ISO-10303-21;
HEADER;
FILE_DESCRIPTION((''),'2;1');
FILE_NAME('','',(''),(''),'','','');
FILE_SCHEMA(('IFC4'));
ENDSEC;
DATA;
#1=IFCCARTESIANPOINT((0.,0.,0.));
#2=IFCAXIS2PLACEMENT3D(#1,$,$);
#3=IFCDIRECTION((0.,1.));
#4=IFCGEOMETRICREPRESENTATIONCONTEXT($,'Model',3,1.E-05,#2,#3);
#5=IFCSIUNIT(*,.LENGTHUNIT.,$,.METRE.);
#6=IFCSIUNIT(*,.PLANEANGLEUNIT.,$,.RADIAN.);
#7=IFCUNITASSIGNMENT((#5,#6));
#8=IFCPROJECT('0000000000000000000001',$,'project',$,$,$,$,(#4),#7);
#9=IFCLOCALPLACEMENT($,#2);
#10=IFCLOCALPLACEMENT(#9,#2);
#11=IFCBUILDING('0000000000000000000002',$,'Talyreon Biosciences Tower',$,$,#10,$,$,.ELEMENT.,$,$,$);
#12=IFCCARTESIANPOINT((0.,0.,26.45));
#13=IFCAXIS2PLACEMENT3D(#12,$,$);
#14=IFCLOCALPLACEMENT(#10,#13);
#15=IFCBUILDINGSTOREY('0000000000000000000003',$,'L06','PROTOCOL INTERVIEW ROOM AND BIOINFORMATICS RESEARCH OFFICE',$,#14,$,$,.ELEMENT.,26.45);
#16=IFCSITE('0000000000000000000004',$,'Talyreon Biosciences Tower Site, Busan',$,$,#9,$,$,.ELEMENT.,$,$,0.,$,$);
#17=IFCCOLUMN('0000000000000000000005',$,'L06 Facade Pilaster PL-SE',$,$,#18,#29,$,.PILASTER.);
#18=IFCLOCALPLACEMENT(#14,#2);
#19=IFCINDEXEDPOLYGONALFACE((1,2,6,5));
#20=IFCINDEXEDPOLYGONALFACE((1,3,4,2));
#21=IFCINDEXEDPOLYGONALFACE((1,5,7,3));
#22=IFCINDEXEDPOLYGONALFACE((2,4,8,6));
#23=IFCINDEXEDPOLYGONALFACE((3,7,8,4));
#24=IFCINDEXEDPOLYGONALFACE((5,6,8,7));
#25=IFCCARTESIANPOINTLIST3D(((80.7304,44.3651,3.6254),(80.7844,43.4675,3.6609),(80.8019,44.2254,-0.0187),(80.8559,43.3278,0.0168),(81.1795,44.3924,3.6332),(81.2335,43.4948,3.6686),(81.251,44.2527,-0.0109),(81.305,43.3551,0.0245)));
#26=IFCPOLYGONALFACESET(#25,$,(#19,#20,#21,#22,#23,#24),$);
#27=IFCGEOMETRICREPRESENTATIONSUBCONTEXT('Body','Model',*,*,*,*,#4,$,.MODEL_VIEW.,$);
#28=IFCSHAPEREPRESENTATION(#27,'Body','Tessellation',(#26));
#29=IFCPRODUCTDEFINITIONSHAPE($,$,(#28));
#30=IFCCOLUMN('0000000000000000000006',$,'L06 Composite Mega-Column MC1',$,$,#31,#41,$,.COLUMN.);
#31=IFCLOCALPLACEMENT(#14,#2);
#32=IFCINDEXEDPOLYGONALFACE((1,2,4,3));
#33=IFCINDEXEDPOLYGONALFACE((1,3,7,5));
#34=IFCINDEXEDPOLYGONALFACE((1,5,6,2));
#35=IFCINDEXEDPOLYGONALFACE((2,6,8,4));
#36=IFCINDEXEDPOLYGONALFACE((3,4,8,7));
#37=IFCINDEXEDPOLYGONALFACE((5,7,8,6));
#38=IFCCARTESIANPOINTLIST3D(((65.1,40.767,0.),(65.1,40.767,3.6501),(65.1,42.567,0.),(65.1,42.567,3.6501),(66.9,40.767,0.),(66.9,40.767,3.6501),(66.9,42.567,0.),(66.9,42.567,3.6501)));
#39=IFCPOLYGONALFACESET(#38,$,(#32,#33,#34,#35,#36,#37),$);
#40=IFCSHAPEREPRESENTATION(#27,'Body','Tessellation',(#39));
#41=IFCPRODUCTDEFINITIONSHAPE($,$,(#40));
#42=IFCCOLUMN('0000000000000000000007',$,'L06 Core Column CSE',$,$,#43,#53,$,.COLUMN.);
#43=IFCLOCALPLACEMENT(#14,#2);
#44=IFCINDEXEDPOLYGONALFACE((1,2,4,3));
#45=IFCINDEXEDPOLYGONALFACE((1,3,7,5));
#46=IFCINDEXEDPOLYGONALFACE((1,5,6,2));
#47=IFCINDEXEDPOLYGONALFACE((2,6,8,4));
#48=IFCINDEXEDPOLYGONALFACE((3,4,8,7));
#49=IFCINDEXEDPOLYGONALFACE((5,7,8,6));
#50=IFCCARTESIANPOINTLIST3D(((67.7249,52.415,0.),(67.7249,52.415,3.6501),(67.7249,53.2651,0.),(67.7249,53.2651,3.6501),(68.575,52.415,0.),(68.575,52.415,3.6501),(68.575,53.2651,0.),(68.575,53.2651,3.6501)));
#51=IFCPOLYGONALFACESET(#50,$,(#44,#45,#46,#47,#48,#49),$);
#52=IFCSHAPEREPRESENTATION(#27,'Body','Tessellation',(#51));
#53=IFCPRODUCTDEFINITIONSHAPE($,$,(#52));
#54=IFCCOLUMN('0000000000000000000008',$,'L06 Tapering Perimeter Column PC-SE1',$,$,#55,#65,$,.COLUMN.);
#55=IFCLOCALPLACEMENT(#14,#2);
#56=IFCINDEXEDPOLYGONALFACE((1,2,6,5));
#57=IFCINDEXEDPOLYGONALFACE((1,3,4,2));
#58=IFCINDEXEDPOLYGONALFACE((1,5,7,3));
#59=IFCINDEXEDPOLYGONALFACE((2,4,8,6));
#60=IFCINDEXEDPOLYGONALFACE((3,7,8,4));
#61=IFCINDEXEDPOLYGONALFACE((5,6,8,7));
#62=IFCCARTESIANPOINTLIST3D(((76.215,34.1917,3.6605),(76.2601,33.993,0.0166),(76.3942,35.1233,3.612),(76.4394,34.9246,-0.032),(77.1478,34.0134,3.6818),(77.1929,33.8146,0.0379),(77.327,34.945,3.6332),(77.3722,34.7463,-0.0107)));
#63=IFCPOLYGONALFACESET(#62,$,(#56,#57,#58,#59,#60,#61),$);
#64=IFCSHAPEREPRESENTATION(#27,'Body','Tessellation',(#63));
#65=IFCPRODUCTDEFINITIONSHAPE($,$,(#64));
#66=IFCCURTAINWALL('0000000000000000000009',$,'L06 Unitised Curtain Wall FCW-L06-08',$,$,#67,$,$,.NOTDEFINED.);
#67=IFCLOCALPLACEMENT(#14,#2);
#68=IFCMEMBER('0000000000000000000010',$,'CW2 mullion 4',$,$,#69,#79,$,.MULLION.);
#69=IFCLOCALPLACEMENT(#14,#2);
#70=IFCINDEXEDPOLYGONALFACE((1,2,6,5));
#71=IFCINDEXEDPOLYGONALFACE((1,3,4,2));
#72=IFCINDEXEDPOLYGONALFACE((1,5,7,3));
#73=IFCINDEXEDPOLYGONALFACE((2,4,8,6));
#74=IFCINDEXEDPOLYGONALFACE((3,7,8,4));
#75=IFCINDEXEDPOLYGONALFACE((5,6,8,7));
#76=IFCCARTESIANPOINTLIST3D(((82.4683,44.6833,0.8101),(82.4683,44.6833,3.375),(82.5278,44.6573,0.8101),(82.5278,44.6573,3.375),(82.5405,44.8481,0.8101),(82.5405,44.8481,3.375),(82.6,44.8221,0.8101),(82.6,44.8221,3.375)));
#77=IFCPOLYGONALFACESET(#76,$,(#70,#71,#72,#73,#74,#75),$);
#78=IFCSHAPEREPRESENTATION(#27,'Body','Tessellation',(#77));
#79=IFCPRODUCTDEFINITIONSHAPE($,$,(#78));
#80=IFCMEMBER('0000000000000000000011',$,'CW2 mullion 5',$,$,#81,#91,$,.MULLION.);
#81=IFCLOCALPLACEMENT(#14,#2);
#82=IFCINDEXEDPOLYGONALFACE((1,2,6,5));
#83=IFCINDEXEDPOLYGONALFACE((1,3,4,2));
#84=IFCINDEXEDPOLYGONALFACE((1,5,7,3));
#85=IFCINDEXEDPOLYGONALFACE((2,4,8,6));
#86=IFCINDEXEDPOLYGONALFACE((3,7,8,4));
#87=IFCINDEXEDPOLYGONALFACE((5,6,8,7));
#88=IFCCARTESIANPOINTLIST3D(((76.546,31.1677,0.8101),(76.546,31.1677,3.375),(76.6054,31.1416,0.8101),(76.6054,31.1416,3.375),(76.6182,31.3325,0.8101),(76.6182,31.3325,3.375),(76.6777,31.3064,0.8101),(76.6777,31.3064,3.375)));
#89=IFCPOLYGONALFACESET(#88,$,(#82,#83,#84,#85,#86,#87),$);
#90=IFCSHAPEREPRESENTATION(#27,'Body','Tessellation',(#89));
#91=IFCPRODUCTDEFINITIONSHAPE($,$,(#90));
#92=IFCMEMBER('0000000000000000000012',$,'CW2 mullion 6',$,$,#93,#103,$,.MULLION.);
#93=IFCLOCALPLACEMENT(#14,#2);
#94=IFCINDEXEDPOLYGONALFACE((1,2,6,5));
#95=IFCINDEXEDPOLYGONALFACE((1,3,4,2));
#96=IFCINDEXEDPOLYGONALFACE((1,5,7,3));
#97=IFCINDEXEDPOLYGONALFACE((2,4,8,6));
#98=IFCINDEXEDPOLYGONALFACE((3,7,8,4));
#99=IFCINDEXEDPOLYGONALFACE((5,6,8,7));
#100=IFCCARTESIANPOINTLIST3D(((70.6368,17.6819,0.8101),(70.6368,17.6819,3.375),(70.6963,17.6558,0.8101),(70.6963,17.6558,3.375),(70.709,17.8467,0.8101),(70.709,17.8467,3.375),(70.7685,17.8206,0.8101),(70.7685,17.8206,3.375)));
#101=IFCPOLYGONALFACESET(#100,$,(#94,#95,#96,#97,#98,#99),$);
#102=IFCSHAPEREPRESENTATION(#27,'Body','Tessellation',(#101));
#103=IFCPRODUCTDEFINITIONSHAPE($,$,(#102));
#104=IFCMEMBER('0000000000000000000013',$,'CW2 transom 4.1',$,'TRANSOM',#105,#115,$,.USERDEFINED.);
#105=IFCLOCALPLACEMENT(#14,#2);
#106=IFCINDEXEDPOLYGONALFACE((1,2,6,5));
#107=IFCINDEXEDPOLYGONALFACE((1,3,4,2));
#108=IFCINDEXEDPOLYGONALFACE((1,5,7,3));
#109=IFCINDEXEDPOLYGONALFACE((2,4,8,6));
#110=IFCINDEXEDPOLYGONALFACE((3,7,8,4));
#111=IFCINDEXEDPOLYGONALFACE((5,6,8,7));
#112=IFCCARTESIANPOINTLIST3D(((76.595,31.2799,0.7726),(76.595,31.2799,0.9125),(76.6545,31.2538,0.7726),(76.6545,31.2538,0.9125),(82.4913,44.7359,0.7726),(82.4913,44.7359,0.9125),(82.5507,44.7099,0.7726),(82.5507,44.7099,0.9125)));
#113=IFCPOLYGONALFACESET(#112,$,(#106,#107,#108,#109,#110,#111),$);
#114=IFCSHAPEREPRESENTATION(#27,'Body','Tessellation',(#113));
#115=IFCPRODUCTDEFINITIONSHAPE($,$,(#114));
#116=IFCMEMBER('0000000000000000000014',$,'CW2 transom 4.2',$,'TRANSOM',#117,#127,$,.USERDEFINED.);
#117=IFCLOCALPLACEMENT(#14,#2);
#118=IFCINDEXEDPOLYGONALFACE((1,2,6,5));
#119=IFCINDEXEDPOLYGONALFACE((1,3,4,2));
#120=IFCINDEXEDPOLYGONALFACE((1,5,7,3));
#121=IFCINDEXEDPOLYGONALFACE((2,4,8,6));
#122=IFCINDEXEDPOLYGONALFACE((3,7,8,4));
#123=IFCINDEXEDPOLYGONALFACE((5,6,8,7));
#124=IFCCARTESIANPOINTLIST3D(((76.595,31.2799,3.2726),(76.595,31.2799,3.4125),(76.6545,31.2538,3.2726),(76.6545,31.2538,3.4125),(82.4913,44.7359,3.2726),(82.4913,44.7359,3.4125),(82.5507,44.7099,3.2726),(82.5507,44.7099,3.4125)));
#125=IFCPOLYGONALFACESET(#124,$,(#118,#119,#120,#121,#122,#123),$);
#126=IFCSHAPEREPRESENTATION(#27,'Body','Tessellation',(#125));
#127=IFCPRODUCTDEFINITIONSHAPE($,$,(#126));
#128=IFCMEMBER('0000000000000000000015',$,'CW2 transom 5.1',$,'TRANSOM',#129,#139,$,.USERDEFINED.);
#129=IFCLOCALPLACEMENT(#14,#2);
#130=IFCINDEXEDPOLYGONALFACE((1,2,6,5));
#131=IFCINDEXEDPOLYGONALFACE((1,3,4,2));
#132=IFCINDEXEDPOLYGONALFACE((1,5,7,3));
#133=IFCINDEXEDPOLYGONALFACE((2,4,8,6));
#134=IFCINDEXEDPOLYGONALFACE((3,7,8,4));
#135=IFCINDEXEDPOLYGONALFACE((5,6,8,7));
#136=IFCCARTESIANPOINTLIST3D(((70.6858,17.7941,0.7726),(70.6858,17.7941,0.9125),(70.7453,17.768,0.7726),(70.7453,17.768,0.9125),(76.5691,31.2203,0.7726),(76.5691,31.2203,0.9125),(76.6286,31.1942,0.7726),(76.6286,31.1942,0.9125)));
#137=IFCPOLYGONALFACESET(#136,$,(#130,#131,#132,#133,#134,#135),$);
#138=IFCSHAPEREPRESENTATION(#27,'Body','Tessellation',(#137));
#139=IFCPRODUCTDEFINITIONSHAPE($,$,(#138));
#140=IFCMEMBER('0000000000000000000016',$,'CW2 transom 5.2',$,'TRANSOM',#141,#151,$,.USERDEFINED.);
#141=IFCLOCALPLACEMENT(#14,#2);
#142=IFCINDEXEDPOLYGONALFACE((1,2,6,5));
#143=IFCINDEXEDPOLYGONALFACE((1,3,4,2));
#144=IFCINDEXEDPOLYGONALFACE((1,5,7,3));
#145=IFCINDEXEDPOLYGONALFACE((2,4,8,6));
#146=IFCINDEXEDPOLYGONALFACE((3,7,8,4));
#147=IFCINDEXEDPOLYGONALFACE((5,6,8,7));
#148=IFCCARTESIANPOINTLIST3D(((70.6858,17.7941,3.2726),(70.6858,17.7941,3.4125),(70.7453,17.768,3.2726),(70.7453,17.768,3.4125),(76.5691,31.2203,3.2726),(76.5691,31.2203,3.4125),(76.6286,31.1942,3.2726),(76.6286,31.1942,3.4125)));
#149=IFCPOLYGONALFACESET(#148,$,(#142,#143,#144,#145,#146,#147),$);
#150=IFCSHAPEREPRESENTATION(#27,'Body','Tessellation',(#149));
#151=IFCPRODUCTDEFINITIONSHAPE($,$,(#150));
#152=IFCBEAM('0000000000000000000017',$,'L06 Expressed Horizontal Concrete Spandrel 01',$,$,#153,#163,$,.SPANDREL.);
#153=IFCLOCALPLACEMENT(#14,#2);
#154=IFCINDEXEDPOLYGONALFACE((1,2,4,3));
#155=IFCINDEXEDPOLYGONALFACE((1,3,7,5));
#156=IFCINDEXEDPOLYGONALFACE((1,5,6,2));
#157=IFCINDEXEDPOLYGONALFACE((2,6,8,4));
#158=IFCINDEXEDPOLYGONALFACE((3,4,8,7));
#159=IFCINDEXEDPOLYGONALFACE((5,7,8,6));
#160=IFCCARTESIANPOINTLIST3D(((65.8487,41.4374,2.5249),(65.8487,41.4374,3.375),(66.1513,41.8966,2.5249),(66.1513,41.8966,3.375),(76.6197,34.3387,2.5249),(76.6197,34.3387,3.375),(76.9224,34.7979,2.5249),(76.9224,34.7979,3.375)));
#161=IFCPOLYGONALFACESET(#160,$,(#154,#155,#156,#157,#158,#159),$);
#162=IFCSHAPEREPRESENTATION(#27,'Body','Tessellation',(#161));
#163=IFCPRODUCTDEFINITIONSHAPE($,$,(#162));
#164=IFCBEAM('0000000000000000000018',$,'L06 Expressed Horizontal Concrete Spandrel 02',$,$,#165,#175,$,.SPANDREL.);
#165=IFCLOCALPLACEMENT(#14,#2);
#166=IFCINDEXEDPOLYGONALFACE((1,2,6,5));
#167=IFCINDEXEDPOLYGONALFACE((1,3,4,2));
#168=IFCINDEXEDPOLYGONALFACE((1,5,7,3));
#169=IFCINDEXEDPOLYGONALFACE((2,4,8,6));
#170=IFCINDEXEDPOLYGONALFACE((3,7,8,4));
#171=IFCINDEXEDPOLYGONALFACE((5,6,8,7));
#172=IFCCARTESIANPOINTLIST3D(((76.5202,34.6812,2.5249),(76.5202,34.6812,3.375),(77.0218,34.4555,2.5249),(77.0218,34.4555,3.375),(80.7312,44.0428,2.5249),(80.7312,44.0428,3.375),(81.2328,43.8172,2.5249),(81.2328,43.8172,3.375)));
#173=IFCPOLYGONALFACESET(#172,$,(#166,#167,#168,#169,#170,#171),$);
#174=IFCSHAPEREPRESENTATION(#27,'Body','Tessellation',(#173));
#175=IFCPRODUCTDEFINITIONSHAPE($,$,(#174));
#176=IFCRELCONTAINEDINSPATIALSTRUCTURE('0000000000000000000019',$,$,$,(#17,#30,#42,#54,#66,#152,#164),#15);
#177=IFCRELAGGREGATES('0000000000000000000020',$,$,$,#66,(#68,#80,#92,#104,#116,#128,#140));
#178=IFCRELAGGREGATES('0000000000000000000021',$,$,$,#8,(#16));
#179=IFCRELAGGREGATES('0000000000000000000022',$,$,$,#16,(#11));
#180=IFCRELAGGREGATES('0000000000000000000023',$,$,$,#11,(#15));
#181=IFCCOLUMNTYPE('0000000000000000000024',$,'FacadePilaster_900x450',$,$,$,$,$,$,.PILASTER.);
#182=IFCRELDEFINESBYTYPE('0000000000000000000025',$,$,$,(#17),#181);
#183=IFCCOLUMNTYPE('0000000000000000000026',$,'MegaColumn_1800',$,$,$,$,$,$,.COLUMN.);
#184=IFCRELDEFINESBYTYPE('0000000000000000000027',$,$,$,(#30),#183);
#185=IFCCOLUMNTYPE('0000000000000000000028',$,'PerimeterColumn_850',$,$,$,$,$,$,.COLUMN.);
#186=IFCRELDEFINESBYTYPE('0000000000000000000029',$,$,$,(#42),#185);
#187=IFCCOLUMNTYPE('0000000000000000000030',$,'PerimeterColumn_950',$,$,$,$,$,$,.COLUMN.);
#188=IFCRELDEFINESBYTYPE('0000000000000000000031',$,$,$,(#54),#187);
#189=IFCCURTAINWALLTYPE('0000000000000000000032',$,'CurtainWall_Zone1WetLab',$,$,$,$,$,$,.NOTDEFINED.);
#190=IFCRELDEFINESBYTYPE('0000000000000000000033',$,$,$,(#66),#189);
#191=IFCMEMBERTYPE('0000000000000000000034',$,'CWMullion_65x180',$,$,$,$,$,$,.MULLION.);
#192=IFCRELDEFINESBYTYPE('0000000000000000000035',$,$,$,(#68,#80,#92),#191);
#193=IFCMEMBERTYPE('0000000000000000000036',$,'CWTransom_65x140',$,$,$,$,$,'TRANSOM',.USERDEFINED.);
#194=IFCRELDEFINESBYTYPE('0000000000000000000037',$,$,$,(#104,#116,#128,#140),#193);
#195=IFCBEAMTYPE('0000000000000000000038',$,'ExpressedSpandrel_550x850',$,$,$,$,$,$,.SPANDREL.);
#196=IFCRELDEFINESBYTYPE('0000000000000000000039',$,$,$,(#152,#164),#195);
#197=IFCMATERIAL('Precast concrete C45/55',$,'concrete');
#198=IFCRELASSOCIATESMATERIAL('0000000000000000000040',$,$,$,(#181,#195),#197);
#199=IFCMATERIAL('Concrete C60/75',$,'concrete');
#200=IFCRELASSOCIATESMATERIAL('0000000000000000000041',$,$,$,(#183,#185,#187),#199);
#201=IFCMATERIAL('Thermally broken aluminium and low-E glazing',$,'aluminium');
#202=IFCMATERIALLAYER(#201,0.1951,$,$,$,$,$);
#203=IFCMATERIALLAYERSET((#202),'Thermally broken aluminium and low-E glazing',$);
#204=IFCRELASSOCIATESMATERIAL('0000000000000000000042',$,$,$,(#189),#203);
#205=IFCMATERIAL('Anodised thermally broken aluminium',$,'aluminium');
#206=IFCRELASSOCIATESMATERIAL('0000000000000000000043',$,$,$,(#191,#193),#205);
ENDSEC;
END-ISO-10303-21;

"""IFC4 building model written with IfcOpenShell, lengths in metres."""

from ifc_helpers import new_model, si_unit, direction, frame, origin, origin_2d, place, context, subcontext, project, spatial, rectangle, extrude, material, layer, layer_set, material_profile, profile_set, type_object, element, aggregate, save


model = new_model("IFC4")

# Units and contexts
model_context = context("Model", 3, precision=1e-05, world=origin(), true_north=direction((0.0, 1.0)))
body_context = subcontext(model_context, "Body", "Model", "MODEL_VIEW")
ifc_project = project(units=[si_unit("LENGTHUNIT", "METRE"), si_unit("PLANEANGLEUNIT", "RADIAN")], contexts=[model_context])

# Site, building, storey
site_placement = place(None, origin())
site = spatial("IfcSite", under=ifc_project, at=site_placement, Name="Talyreon Biosciences Tower Site, Busan", CompositionType="ELEMENT", RefElevation=0.0)
building_placement = place(site_placement, origin())
building = spatial("IfcBuilding", under=site, at=building_placement, Name="Talyreon Biosciences Tower", CompositionType="ELEMENT")
storey_placement = place(building_placement, frame((0.0, 0.0, 26.45)))
storey = spatial("IfcBuildingStorey", under=building, at=storey_placement, Name="L06", Description="PROTOCOL INTERVIEW ROOM AND BIOINFORMATICS RESEARCH OFFICE", CompositionType="ELEMENT", Elevation=26.45)

# Columns
ifc_material_1 = material(Name="Precast concrete C45/55", Category="concrete")
ifc_material_profile_1 = material_profile(ifc_material_1, rectangle(XDim=0.8999, YDim=0.45, at=origin_2d()), Name="RC 900x450")
ifc_profile_set_1 = profile_set([ifc_material_profile_1], Name="Precast concrete C45/55")
column_type_1 = type_object("IfcColumnType", Name="FacadePilaster_900x450", PredefinedType="PILASTER", material=ifc_profile_set_1)
column_1_placement = place(storey_placement, frame((81.0535, 43.7903, 0.0029), z_axis=(-0.019612, 0.038287, 0.999074), x_axis=(0.059987, -0.997421, 0.039401)))
element("IfcColumn", 1, at=column_1_placement, inside=storey, type_object=column_type_1, Name="L06 Facade Pilaster PL-SE", PredefinedType="PILASTER", context=body_context, shape_type="SweptSolid", body=[
    extrude(rectangle(XDim=0.8999, YDim=0.45, at=origin_2d()), origin(), (0.0, 0.0, 1.0), 3.6475),
])
ifc_material_2 = material(Name="Concrete C60/75", Category="concrete")
ifc_material_profile_2 = material_profile(ifc_material_2, rectangle(XDim=1.8, YDim=1.8, at=origin_2d()), Name="RC 1800x1800")
ifc_profile_set_2 = profile_set([ifc_material_profile_2], Name="Concrete C60/75")
column_type_2 = type_object("IfcColumnType", Name="MegaColumn_1800", PredefinedType="COLUMN", material=ifc_profile_set_2)
column_2_placement = place(storey_placement, frame((66.0, 41.667, 0.0), z_axis=(0.0, 0.0, 1.0), x_axis=(1.0, 0.0, 0.0)))
element("IfcColumn", 2, at=column_2_placement, inside=storey, type_object=column_type_2, Name="L06 Composite Mega-Column MC1", PredefinedType="COLUMN", context=body_context, shape_type="SweptSolid", body=[
    extrude(rectangle(XDim=1.8, YDim=1.8, at=origin_2d()), origin(), (0.0, 0.0, 1.0), 3.6501),
])
ifc_material_profile_3 = material_profile(ifc_material_2, rectangle(XDim=0.8501, YDim=0.8501, at=origin_2d()), Name="RC 850x850")
ifc_profile_set_3 = profile_set([ifc_material_profile_3], Name="Concrete C60/75")
column_type_3 = type_object("IfcColumnType", Name="PerimeterColumn_850", PredefinedType="COLUMN", material=ifc_profile_set_3)
column_3_placement = place(storey_placement, frame((68.1499, 52.8401, 0.0), z_axis=(0.0, 0.0, 1.0), x_axis=(1.0, 0.0, 0.0)))
element("IfcColumn", 3, at=column_3_placement, inside=storey, type_object=column_type_3, Name="L06 Core Column CSE", PredefinedType="COLUMN", context=body_context, shape_type="SweptSolid", body=[
    extrude(rectangle(XDim=0.8501, YDim=0.8501, at=origin_2d()), origin(), (0.0, 0.0, 1.0), 3.6501),
])
ifc_material_profile_4 = material_profile(ifc_material_2, rectangle(XDim=0.95, YDim=0.95, at=origin_2d()), Name="RC 950x950")
ifc_profile_set_4 = profile_set([ifc_material_profile_4], Name="Concrete C60/75")
column_type_4 = type_object("IfcColumnType", Name="PerimeterColumn_950", PredefinedType="COLUMN", material=ifc_profile_set_4)
column_4_placement = place(storey_placement, frame((76.8162, 34.3696, 0.0029), z_axis=(-0.012375, 0.054451, 0.99844), x_axis=(-0.188688, -0.980704, 0.051145)))
element("IfcColumn", 4, at=column_4_placement, inside=storey, type_object=column_type_4, Name="L06 Tapering Perimeter Column PC-SE1", PredefinedType="COLUMN", context=body_context, shape_type="SweptSolid", body=[
    extrude(rectangle(XDim=0.95, YDim=0.95, at=origin_2d()), origin(), (0.0, 0.0, 1.0), 3.6497),
])

# Curtain wall, members
ifc_material_3 = material(Name="Thermally broken aluminium and low-E glazing", Category="aluminium")
ifc_layer_1 = layer(ifc_material_3, 0.1951)
ifc_layer_set_1 = layer_set([ifc_layer_1], Name="Thermally broken aluminium and low-E glazing")
curtain_wall_type = type_object("IfcCurtainWallType", Name="CurtainWall_Zone1WetLab", PredefinedType="NOTDEFINED", material=ifc_layer_set_1)
curtain_wall_placement = place(storey_placement, origin())
curtain_wall = element("IfcCurtainWall", 5, at=curtain_wall_placement, inside=storey, type_object=curtain_wall_type, Name="L06 Unitised Curtain Wall FCW-L06-08", PredefinedType="NOTDEFINED")
ifc_material_4 = material(Name="Anodised thermally broken aluminium", Category="aluminium")
ifc_material_profile_5 = material_profile(ifc_material_4, rectangle(XDim=0.0649, YDim=0.1799, at=origin_2d()), Name="ALUM MULLION 65x180")
ifc_profile_set_5 = profile_set([ifc_material_profile_5], Name="Anodised thermally broken aluminium")
member_type_1 = type_object("IfcMemberType", Name="CWMullion_65x180", PredefinedType="MULLION", material=ifc_profile_set_5)
member_1_placement = place(storey_placement, frame((82.5342, 44.7527, 0.8101), z_axis=(0.0, 0.0, 1.0), x_axis=(0.915927, -0.401345, 0.0)))
member_1 = element("IfcMember", 6, at=member_1_placement, type_object=member_type_1, Name="CW2 mullion 4", PredefinedType="MULLION", context=body_context, shape_type="SweptSolid", body=[
    extrude(rectangle(XDim=0.0649, YDim=0.1799, at=origin_2d()), origin(), (0.0, 0.0, 1.0), 2.5649),
])
member_2_placement = place(storey_placement, frame((76.6118, 31.2371, 0.8101), z_axis=(0.0, 0.0, 1.0), x_axis=(0.915927, -0.401345, 0.0)))
member_2 = element("IfcMember", 7, at=member_2_placement, type_object=member_type_1, Name="CW2 mullion 5", PredefinedType="MULLION", context=body_context, shape_type="SweptSolid", body=[
    extrude(rectangle(XDim=0.0649, YDim=0.1799, at=origin_2d()), origin(), (0.0, 0.0, 1.0), 2.5649),
])
member_3_placement = place(storey_placement, frame((70.7026, 17.7512, 0.8101), z_axis=(0.0, 0.0, 1.0), x_axis=(0.915927, -0.401345, 0.0)))
member_3 = element("IfcMember", 8, at=member_3_placement, type_object=member_type_1, Name="CW2 mullion 6", PredefinedType="MULLION", context=body_context, shape_type="SweptSolid", body=[
    extrude(rectangle(XDim=0.0649, YDim=0.1799, at=origin_2d()), origin(), (0.0, 0.0, 1.0), 2.5649),
])
ifc_material_profile_6 = material_profile(ifc_material_4, rectangle(XDim=0.0649, YDim=0.1399, at=origin_2d()), Name="ALUM TRANSOM 65x140")
ifc_profile_set_6 = profile_set([ifc_material_profile_6], Name="Anodised thermally broken aluminium")
member_type_2 = type_object("IfcMemberType", Name="CWTransom_65x140", ElementType="TRANSOM", PredefinedType="USERDEFINED", material=ifc_profile_set_6)
member_4_placement = place(storey_placement, frame((82.521, 44.7229, 0.8425), z_axis=(-0.401345, -0.915927, 0.0), x_axis=(0.915927, -0.401345, 0.0)))
member_4 = element("IfcMember", 9, at=member_4_placement, type_object=member_type_2, Name="CW2 transom 4.1", ObjectType="TRANSOM", PredefinedType="USERDEFINED", context=body_context, shape_type="SweptSolid", body=[
    extrude(rectangle(XDim=0.0649, YDim=0.1399, at=origin_2d()), origin(), (0.0, 0.0, 1.0), 14.6912),
])
member_5_placement = place(storey_placement, frame((82.521, 44.7229, 3.3425), z_axis=(-0.401345, -0.915927, 0.0), x_axis=(0.915927, -0.401345, 0.0)))
member_5 = element("IfcMember", 10, at=member_5_placement, type_object=member_type_2, Name="CW2 transom 4.2", ObjectType="TRANSOM", PredefinedType="USERDEFINED", context=body_context, shape_type="SweptSolid", body=[
    extrude(rectangle(XDim=0.0649, YDim=0.1399, at=origin_2d()), origin(), (0.0, 0.0, 1.0), 14.6912),
])
member_6_placement = place(storey_placement, frame((76.5989, 31.2073, 0.8425), z_axis=(-0.401352, -0.915924, 0.0), x_axis=(0.915924, -0.401352, 0.0)))
member_6 = element("IfcMember", 11, at=member_6_placement, type_object=member_type_2, Name="CW2 transom 5.1", ObjectType="TRANSOM", PredefinedType="USERDEFINED", context=body_context, shape_type="SweptSolid", body=[
    extrude(rectangle(XDim=0.0649, YDim=0.1399, at=origin_2d()), origin(), (0.0, 0.0, 1.0), 14.6587),
])
member_7_placement = place(storey_placement, frame((76.5989, 31.2073, 3.3425), z_axis=(-0.401352, -0.915924, 0.0), x_axis=(0.915924, -0.401352, 0.0)))
member_7 = element("IfcMember", 12, at=member_7_placement, type_object=member_type_2, Name="CW2 transom 5.2", ObjectType="TRANSOM", PredefinedType="USERDEFINED", context=body_context, shape_type="SweptSolid", body=[
    extrude(rectangle(XDim=0.0649, YDim=0.1399, at=origin_2d()), origin(), (0.0, 0.0, 1.0), 14.6587),
])

# Beams
ifc_material_profile_7 = material_profile(ifc_material_1, rectangle(XDim=0.55, YDim=0.8501, at=origin_2d()), Name="RCB 550x850")
ifc_profile_set_7 = profile_set([ifc_material_profile_7], Name="Precast concrete C45/55")
beam_type_1 = type_object("IfcBeamType", Name="ExpressedSpandrel_550x850", PredefinedType="SPANDREL", material=ifc_profile_set_7)
beam_1_placement = place(storey_placement, frame((66.0, 41.667, 2.95), z_axis=(0.834974, -0.55029, 0.0), x_axis=(0.55029, 0.834974, 0.0)))
element("IfcBeam", 13, at=beam_1_placement, inside=storey, type_object=beam_type_1, Name="L06 Expressed Horizontal Concrete Spandrel 01", PredefinedType="SPANDREL", context=body_context, shape_type="SweptSolid", body=[
    extrude(rectangle(XDim=0.55, YDim=0.8501, at=origin_2d()), origin(), (0.0, 0.0, 1.0), 12.8999),
])
beam_2_placement = place(storey_placement, frame((76.771, 34.5684, 2.95), z_axis=(0.410221, 0.911986, 0.0), x_axis=(-0.911986, 0.410221, 0.0)))
element("IfcBeam", 14, at=beam_2_placement, inside=storey, type_object=beam_type_1, Name="L06 Expressed Horizontal Concrete Spandrel 02", PredefinedType="SPANDREL", context=body_context, shape_type="SweptSolid", body=[
    extrude(rectangle(XDim=0.55, YDim=0.8501, at=origin_2d()), origin(), (0.0, 0.0, 1.0), 10.2651),
])

aggregate(curtain_wall, [member_1, member_2, member_3, member_4, member_5, member_6, member_7])

save(model, "model.ifc")
